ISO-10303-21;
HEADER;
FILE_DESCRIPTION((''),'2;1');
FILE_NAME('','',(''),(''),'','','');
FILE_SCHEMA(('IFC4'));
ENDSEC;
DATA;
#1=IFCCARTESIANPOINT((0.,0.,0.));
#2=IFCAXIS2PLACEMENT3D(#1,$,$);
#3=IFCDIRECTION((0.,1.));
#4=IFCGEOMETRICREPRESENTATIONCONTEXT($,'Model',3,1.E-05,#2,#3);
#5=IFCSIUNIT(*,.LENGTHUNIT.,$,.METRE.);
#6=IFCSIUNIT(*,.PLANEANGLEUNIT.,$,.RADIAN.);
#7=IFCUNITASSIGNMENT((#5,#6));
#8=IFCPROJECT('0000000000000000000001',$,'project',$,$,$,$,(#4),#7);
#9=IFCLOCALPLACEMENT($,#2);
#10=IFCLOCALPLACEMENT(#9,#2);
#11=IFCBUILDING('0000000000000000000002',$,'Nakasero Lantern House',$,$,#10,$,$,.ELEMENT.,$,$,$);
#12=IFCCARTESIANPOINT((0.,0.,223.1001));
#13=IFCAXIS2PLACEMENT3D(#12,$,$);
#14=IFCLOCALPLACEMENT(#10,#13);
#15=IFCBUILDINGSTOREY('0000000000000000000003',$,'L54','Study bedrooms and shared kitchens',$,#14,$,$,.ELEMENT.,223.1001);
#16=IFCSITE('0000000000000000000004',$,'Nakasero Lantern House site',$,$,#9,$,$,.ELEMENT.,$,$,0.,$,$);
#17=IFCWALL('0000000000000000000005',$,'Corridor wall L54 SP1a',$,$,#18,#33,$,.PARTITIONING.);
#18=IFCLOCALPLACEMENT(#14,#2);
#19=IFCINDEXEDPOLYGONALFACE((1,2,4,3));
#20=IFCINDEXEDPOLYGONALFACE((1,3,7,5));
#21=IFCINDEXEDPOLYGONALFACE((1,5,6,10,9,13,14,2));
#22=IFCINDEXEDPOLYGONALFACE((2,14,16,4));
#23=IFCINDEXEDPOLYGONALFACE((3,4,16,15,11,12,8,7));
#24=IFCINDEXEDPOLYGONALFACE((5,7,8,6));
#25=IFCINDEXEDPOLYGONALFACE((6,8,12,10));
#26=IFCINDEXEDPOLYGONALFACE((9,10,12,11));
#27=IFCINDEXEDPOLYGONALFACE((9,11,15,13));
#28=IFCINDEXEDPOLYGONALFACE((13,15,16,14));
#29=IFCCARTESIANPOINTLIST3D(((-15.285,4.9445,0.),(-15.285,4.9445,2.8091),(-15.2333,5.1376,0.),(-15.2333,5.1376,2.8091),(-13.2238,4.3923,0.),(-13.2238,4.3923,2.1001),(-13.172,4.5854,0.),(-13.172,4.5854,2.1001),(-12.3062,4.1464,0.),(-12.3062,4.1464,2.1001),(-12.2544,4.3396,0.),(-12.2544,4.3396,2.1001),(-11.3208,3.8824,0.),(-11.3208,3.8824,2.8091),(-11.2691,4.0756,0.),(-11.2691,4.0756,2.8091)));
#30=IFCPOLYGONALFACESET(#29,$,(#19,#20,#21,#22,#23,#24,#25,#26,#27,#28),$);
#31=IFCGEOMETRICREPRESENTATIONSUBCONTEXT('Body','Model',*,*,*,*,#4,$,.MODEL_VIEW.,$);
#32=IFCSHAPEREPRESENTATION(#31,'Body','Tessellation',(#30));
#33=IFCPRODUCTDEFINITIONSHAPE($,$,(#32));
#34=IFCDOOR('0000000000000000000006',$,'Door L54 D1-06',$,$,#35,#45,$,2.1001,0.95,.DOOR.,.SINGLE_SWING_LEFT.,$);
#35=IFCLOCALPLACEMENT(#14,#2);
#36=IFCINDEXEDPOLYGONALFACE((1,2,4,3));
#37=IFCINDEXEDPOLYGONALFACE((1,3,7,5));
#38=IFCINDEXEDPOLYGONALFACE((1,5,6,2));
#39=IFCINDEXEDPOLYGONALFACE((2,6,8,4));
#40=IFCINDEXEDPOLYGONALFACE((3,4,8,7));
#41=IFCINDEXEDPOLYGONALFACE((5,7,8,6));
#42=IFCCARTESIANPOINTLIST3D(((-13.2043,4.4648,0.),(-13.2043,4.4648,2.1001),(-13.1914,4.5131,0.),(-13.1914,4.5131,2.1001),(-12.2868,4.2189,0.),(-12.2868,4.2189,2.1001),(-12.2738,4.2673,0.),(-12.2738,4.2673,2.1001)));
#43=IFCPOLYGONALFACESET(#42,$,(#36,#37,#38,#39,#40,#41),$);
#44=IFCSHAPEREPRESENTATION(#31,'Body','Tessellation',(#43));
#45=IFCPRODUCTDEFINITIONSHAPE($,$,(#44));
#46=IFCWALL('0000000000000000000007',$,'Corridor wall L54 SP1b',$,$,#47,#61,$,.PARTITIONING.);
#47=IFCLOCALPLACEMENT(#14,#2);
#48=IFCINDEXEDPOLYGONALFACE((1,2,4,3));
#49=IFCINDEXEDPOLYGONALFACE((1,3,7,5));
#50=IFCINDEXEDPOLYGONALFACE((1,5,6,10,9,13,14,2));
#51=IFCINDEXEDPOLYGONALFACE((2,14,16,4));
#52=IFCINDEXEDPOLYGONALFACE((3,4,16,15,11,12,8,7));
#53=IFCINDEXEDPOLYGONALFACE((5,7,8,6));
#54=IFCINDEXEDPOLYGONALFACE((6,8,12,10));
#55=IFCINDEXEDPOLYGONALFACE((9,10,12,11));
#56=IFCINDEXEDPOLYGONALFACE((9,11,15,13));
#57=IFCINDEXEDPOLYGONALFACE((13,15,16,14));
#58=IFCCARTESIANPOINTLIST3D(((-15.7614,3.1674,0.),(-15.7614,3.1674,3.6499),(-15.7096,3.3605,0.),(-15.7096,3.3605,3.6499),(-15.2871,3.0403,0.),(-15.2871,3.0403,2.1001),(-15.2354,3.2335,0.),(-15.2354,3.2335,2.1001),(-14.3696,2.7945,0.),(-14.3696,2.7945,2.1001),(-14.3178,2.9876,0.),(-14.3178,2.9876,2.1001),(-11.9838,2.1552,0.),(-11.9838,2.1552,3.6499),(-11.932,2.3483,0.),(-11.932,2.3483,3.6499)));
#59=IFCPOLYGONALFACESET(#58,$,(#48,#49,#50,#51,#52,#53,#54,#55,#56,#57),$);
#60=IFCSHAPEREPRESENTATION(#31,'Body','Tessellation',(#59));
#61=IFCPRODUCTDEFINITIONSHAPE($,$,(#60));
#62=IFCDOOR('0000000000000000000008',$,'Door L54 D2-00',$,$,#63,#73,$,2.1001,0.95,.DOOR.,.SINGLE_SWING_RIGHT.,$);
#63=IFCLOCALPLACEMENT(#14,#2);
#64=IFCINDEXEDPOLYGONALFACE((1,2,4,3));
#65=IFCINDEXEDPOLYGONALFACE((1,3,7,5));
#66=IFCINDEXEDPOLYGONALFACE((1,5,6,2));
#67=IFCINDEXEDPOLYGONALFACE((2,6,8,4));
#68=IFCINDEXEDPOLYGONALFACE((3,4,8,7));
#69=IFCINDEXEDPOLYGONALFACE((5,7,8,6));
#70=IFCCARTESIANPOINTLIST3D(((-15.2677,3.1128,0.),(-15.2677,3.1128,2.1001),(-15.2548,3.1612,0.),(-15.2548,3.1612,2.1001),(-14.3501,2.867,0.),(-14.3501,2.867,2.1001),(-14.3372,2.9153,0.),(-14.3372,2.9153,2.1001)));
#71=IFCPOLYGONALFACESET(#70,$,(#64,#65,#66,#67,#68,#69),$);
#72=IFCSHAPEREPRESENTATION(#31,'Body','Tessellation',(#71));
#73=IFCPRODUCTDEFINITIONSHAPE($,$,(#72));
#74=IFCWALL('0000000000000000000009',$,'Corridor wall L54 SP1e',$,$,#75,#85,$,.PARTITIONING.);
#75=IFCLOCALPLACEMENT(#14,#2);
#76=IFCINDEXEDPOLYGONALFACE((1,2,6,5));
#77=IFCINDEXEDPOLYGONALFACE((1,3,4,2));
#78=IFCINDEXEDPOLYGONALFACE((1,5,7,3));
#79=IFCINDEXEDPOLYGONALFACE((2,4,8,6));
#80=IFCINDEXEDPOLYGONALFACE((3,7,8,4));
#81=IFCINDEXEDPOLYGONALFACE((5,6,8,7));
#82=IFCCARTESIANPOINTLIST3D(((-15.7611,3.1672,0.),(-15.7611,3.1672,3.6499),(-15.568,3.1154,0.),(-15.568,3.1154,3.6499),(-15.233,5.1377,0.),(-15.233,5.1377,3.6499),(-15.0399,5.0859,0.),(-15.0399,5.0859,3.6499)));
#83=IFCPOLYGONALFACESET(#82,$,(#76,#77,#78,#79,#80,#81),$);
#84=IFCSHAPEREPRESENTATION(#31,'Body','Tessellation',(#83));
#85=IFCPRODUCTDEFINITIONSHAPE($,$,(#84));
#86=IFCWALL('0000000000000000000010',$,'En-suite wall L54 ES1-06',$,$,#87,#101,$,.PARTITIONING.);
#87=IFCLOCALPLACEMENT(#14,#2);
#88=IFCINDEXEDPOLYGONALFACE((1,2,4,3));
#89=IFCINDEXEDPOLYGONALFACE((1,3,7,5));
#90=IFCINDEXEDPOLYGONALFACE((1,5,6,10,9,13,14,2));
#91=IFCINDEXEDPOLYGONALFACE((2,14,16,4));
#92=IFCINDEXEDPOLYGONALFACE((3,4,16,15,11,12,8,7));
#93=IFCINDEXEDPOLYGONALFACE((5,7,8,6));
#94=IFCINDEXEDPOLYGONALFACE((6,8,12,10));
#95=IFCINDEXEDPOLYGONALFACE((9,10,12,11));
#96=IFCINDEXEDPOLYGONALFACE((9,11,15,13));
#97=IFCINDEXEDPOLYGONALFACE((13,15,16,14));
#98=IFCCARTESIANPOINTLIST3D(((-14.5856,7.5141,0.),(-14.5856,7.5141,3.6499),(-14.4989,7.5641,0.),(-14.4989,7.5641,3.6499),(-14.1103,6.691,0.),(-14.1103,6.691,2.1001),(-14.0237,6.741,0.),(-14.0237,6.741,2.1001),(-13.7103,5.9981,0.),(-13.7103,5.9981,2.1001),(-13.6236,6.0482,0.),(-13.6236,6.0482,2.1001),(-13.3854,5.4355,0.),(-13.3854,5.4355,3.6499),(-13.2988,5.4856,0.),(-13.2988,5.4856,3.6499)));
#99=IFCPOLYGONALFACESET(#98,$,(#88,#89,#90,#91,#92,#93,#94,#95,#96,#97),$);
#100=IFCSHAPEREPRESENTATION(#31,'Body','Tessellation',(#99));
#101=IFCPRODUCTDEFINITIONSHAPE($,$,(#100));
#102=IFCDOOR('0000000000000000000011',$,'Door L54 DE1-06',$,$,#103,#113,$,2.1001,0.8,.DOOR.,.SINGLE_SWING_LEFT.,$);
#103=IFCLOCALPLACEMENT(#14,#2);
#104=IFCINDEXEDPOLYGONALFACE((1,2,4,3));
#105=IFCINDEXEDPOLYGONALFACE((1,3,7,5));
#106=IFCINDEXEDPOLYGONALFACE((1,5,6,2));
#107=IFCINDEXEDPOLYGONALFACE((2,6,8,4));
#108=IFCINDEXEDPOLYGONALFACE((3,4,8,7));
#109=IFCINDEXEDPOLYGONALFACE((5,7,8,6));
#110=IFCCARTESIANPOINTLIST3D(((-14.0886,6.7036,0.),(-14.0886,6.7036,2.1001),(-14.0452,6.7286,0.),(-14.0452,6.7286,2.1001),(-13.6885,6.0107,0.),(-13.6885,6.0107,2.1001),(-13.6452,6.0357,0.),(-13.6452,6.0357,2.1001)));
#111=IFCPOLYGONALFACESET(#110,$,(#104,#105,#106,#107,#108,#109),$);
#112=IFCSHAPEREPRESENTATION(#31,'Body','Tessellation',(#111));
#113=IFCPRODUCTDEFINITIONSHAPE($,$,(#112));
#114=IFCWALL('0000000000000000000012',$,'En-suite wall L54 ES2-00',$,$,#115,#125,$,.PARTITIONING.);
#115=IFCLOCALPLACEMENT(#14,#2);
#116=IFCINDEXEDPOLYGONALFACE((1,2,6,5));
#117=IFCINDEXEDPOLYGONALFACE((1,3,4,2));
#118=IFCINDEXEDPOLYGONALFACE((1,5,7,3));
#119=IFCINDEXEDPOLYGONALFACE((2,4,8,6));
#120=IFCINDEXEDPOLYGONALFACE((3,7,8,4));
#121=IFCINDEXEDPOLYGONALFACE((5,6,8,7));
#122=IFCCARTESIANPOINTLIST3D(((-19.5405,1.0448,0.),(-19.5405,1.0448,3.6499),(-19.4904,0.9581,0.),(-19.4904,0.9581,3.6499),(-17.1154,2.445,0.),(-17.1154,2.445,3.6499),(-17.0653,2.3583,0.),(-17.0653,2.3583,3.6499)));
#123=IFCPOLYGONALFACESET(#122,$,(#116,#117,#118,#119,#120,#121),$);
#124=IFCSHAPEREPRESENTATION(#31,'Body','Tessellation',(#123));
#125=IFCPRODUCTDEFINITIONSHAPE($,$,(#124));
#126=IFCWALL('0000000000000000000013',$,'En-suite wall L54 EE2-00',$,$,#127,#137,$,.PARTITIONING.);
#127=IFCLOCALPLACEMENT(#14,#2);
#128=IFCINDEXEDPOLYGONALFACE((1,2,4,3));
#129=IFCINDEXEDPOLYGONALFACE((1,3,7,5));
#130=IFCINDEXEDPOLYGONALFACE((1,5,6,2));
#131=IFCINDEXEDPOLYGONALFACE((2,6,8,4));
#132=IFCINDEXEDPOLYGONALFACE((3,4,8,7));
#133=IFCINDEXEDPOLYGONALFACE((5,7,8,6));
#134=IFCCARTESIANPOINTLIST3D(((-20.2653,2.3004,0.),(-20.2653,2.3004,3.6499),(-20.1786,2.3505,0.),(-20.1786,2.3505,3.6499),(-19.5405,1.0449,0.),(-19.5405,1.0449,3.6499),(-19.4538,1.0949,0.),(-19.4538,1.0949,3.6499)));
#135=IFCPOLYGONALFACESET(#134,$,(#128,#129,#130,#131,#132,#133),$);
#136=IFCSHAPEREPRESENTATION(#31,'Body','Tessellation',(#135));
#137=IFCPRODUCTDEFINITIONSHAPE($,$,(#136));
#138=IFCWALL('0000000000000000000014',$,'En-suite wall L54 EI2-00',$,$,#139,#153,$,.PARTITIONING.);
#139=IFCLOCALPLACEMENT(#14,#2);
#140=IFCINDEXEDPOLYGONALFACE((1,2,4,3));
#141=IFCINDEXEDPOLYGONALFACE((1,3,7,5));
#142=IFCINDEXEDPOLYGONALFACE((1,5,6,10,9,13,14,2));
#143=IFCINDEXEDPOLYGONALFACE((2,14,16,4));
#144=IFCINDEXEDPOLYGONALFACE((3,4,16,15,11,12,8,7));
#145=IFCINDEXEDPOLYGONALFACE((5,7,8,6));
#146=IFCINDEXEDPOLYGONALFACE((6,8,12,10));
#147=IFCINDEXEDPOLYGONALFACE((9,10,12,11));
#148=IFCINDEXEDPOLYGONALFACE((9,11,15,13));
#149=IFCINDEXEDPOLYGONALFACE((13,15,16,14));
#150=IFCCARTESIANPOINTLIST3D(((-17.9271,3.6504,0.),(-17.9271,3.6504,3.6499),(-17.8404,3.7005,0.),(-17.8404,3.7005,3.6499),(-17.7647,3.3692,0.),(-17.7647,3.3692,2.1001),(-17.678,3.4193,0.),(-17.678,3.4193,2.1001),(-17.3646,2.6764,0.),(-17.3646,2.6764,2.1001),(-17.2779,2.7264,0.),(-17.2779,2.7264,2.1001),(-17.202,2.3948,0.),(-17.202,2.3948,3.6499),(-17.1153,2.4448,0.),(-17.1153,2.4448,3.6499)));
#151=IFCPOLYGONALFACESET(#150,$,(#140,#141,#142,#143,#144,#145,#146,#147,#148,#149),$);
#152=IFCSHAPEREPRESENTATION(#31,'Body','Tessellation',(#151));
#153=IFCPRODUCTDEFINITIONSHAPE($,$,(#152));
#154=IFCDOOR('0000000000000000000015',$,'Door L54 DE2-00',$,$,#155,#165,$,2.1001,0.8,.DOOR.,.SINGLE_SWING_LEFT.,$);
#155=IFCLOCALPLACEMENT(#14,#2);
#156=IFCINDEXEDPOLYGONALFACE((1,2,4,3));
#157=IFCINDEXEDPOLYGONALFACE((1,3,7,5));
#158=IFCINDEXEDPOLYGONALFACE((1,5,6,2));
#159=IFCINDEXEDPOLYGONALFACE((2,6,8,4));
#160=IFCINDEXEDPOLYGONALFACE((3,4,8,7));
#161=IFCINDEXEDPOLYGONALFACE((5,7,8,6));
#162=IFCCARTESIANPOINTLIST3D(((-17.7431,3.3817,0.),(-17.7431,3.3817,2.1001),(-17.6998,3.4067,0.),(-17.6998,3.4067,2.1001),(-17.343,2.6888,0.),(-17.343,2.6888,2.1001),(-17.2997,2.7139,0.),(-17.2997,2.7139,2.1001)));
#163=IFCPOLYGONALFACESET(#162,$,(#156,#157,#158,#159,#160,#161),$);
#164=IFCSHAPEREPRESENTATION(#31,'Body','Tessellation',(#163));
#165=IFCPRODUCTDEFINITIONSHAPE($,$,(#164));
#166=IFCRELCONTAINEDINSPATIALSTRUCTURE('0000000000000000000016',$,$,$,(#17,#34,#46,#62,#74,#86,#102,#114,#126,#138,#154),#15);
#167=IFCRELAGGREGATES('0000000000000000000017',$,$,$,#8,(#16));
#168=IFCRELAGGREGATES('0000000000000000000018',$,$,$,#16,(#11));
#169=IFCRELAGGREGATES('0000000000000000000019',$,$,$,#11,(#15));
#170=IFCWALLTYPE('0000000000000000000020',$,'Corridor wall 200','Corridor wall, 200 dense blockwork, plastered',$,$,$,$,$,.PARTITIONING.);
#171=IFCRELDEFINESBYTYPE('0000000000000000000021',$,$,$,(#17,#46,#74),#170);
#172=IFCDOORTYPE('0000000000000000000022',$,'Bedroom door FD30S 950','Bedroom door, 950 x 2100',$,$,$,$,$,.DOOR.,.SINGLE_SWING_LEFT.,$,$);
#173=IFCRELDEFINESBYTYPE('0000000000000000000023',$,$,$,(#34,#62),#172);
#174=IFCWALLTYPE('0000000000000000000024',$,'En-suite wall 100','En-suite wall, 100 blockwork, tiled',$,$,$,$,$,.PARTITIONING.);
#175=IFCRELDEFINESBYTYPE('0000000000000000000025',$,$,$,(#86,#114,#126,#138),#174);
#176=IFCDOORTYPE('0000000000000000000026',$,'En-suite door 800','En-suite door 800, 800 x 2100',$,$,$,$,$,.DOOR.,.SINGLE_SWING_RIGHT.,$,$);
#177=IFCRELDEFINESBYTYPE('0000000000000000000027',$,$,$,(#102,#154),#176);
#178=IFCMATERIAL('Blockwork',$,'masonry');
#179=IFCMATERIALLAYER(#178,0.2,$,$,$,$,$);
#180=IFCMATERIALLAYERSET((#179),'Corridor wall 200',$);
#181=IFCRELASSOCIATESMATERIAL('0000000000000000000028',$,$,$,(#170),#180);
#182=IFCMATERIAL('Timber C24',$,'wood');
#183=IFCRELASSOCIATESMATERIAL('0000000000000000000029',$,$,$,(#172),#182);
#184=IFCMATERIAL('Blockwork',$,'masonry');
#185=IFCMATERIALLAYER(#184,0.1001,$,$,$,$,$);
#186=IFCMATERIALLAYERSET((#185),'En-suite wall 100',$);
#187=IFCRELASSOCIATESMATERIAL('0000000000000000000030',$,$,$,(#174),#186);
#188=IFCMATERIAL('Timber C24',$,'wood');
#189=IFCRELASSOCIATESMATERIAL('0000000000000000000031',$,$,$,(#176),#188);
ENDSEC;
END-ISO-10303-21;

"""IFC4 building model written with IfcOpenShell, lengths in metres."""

from ifc_helpers import new_model, si_unit, direction, frame, frame_2d, origin, place, context, subcontext, project, spatial, rectangle, extrude, material, layer, layer_set, type_object, element, fill, save


model = new_model("IFC4")

# Units and contexts
model_context = context("Model", 3, precision=1e-05, world=origin(), true_north=direction((0.0, 1.0)))
body_context = subcontext(model_context, "Body", "Model", "MODEL_VIEW")
ifc_project = project(units=[si_unit("LENGTHUNIT", "METRE"), si_unit("PLANEANGLEUNIT", "RADIAN")], contexts=[model_context])

# Site, building, storey
site_placement = place(None, origin())
site = spatial("IfcSite", under=ifc_project, at=site_placement, Name="Nakasero Lantern House site", CompositionType="ELEMENT", RefElevation=0.0)
building_placement = place(site_placement, origin())
building = spatial("IfcBuilding", under=site, at=building_placement, Name="Nakasero Lantern House", CompositionType="ELEMENT")
storey_placement = place(building_placement, frame((0.0, 0.0, 223.1001)))
storey = spatial("IfcBuildingStorey", under=building, at=storey_placement, Name="L54", Description="Study bedrooms and shared kitchens", CompositionType="ELEMENT", Elevation=223.1001)

# Shared definitions
ifc_material_1 = material(Name="Blockwork", Category="masonry")
ifc_layer_1 = layer(ifc_material_1, 0.2)
ifc_layer_set_1 = layer_set([ifc_layer_1], Name="Corridor wall 200")
wall_type_1 = type_object("IfcWallType", Name="Corridor wall 200", Description="Corridor wall, 200 dense blockwork, plastered", PredefinedType="PARTITIONING", material=ifc_layer_set_1)

# Walls, openings, doors
wall_1_placement = place(storey_placement, frame((-11.2949, 3.979, 0.0), z_axis=(0.0, 0.0, 1.0), x_axis=(-0.965936, 0.258781, 0.0)))
wall_1 = element("IfcWall", 1, at=wall_1_placement, inside=storey, type_object=wall_type_1, Name="Corridor wall L54 SP1a", PredefinedType="PARTITIONING", context=body_context, shape_type="SweptSolid", body=[
    extrude(rectangle(XDim=4.104, YDim=0.2, at=frame_2d((2.052, 0.0))), origin(), (0.0, 0.0, 1.0), 2.8091),
])
opening_1_placement = place(wall_1_placement, frame((1.02, 0.0, 0.0)))
opening_1 = element("IfcOpeningElement", 2, at=opening_1_placement, cuts=wall_1, PredefinedType="OPENING", context=body_context, shape_type="SweptSolid", body=[
    extrude(rectangle(XDim=0.95, YDim=2.1001, at=frame_2d((0.4751, 1.05))), frame((0.0, 0.1199, 0.0), z_axis=(0.0, -1.0, 0.0), x_axis=(1.0, 0.0, 0.0)), (0.0, 0.0, 1.0), 0.24),
])
ifc_material_2 = material(Name="Timber C24", Category="wood")
door_type_1 = type_object("IfcDoorType", Name="Bedroom door FD30S 950", Description="Bedroom door, 950 x 2100", OperationType="SINGLE_SWING_LEFT", PredefinedType="DOOR", material=ifc_material_2)
door_1_placement = place(opening_1_placement, origin())
door_1 = element("IfcDoor", 3, at=door_1_placement, inside=storey, type_object=door_type_1, Name="Door L54 D1-06", OperationType="SINGLE_SWING_LEFT", OverallHeight=2.1001, OverallWidth=0.95, PredefinedType="DOOR", context=body_context, shape_type="SweptSolid", body=[
    extrude(rectangle(XDim=0.95, YDim=2.1001, at=frame_2d((0.4751, 1.05))), frame((0.0, 0.0249, 0.0), z_axis=(0.0, -1.0, 0.0), x_axis=(1.0, 0.0, 0.0)), (0.0, 0.0, 1.0), 0.05),
])
fill(opening_1, door_1)
wall_2_placement = place(storey_placement, frame((-11.9578, 2.2517, 0.0), z_axis=(0.0, 0.0, 1.0), x_axis=(-0.965925, 0.25882, 0.0)))
wall_2 = element("IfcWall", 4, at=wall_2_placement, inside=storey, type_object=wall_type_1, Name="Corridor wall L54 SP1b", PredefinedType="PARTITIONING", context=body_context, shape_type="SweptSolid", body=[
    extrude(rectangle(XDim=3.9109, YDim=0.2, at=frame_2d((1.9556, 0.0))), origin(), (0.0, 0.0, 1.0), 3.6499),
])
opening_2_placement = place(wall_2_placement, frame((2.47, 0.0, 0.0)))
opening_2 = element("IfcOpeningElement", 5, at=opening_2_placement, cuts=wall_2, PredefinedType="OPENING", context=body_context, shape_type="SweptSolid", body=[
    extrude(rectangle(XDim=0.95, YDim=2.1001, at=frame_2d((0.4751, 1.05))), frame((0.0, 0.1199, 0.0), z_axis=(0.0, -1.0, 0.0), x_axis=(1.0, 0.0, 0.0)), (0.0, 0.0, 1.0), 0.24),
])
door_2_placement = place(opening_2_placement, origin())
door_2 = element("IfcDoor", 6, at=door_2_placement, inside=storey, type_object=door_type_1, Name="Door L54 D2-00", OperationType="SINGLE_SWING_RIGHT", OverallHeight=2.1001, OverallWidth=0.95, PredefinedType="DOOR", context=body_context, shape_type="SweptSolid", body=[
    extrude(rectangle(XDim=0.95, YDim=2.1001, at=frame_2d((0.4751, 1.05))), frame((0.0, 0.0249, 0.0), z_axis=(0.0, -1.0, 0.0), x_axis=(1.0, 0.0, 0.0)), (0.0, 0.0, 1.0), 0.05),
])
fill(opening_2, door_2)

# Wall
wall_3_placement = place(storey_placement, frame((-15.1365, 5.1118, 0.0), z_axis=(0.0, 0.0, 1.0), x_axis=(-0.258862, -0.965914, 0.0)))
element("IfcWall", 7, at=wall_3_placement, inside=storey, type_object=wall_type_1, Name="Corridor wall L54 SP1e", PredefinedType="PARTITIONING", context=body_context, shape_type="SweptSolid", body=[
    extrude(rectangle(XDim=2.04, YDim=0.2, at=frame_2d((1.02, 0.0))), origin(), (0.0, 0.0, 1.0), 3.6499),
])

# Wall, opening, door
ifc_material_3 = material(Name="Blockwork", Category="masonry")
ifc_layer_2 = layer(ifc_material_3, 0.1001)
ifc_layer_set_2 = layer_set([ifc_layer_2], Name="En-suite wall 100")
wall_type_2 = type_object("IfcWallType", Name="En-suite wall 100", Description="En-suite wall, 100 blockwork, tiled", PredefinedType="PARTITIONING", material=ifc_layer_set_2)
wall_4_placement = place(storey_placement, frame((-13.342, 5.4604, 0.0), z_axis=(0.0, 0.0, 1.0), x_axis=(-0.500034, 0.866006, 0.0)))
wall_4 = element("IfcWall", 8, at=wall_4_placement, inside=storey, type_object=wall_type_2, Name="En-suite wall L54 ES1-06", PredefinedType="PARTITIONING", context=body_context, shape_type="SweptSolid", body=[
    extrude(rectangle(XDim=2.4001, YDim=0.1001, at=frame_2d((1.2002, 0.0))), origin(), (0.0, 0.0, 1.0), 3.6499),
])
opening_3_placement = place(wall_4_placement, frame((0.6499, 0.0, 0.0)))
opening_3 = element("IfcOpeningElement", 9, at=opening_3_placement, cuts=wall_4, PredefinedType="OPENING", context=body_context, shape_type="SweptSolid", body=[
    extrude(rectangle(XDim=0.8, YDim=2.1001, at=frame_2d((0.3999, 1.05))), frame((0.0, 0.0701, 0.0), z_axis=(0.0, -1.0, 0.0), x_axis=(1.0, 0.0, 0.0)), (0.0, 0.0, 1.0), 0.1401),
])
ifc_material_4 = material(Name="Timber C24", Category="wood")
door_type_2 = type_object("IfcDoorType", Name="En-suite door 800", Description="En-suite door 800, 800 x 2100", OperationType="SINGLE_SWING_RIGHT", PredefinedType="DOOR", material=ifc_material_4)
door_3_placement = place(opening_3_placement, origin())
door_3 = element("IfcDoor", 10, at=door_3_placement, inside=storey, type_object=door_type_2, Name="Door L54 DE1-06", OperationType="SINGLE_SWING_LEFT", OverallHeight=2.1001, OverallWidth=0.8, PredefinedType="DOOR", context=body_context, shape_type="SweptSolid", body=[
    extrude(rectangle(XDim=0.8, YDim=2.1001, at=frame_2d((0.3999, 1.05))), frame((0.0, 0.0249, 0.0), z_axis=(0.0, -1.0, 0.0), x_axis=(1.0, 0.0, 0.0)), (0.0, 0.0, 1.0), 0.05),
])
fill(opening_3, door_3)

# Walls
wall_5_placement = place(storey_placement, frame((-17.0903, 2.4016, 0.0), z_axis=(0.0, 0.0, 1.0), x_axis=(-0.866019, -0.500012, 0.0)))
element("IfcWall", 11, at=wall_5_placement, inside=storey, type_object=wall_type_2, Name="En-suite wall L54 ES2-00", PredefinedType="PARTITIONING", context=body_context, shape_type="SweptSolid", body=[
    extrude(rectangle(XDim=2.8003, YDim=0.1001, at=frame_2d((1.4001, 0.0))), origin(), (0.0, 0.0, 1.0), 3.6499),
])
wall_6_placement = place(storey_placement, frame((-20.2219, 2.3254, 0.0), z_axis=(0.0, 0.0, 1.0), x_axis=(0.499961, -0.866048, 0.0)))
element("IfcWall", 12, at=wall_6_placement, inside=storey, type_object=wall_type_2, Name="En-suite wall L54 EE2-00", PredefinedType="PARTITIONING", context=body_context, shape_type="SweptSolid", body=[
    extrude(rectangle(XDim=1.4497, YDim=0.1001, at=frame_2d((0.7249, 0.0))), origin(), (0.0, 0.0, 1.0), 3.6499),
])

# Wall, opening, door
wall_7_placement = place(storey_placement, frame((-17.8838, 3.6755, 0.0), z_axis=(0.0, 0.0, 1.0), x_axis=(0.500087, -0.865975, 0.0)))
wall_7 = element("IfcWall", 13, at=wall_7_placement, inside=storey, type_object=wall_type_2, Name="En-suite wall L54 EI2-00", PredefinedType="PARTITIONING", context=body_context, shape_type="SweptSolid", body=[
    extrude(rectangle(XDim=1.45, YDim=0.1001, at=frame_2d((0.7251, 0.0))), origin(), (0.0, 0.0, 1.0), 3.6499),
])
opening_4_placement = place(wall_7_placement, frame((0.325, 0.0, 0.0)))
opening_4 = element("IfcOpeningElement", 14, at=opening_4_placement, cuts=wall_7, PredefinedType="OPENING", context=body_context, shape_type="SweptSolid", body=[
    extrude(rectangle(XDim=0.8, YDim=2.1001, at=frame_2d((0.3999, 1.05))), frame((0.0, 0.0701, 0.0), z_axis=(0.0, -1.0, 0.0), x_axis=(1.0, 0.0, 0.0)), (0.0, 0.0, 1.0), 0.1401),
])
door_4_placement = place(opening_4_placement, origin())
door_4 = element("IfcDoor", 15, at=door_4_placement, inside=storey, type_object=door_type_2, Name="Door L54 DE2-00", OperationType="SINGLE_SWING_LEFT", OverallHeight=2.1001, OverallWidth=0.8, PredefinedType="DOOR", context=body_context, shape_type="SweptSolid", body=[
    extrude(rectangle(XDim=0.8, YDim=2.1001, at=frame_2d((0.3999, 1.05))), frame((0.0, 0.0249, 0.0), z_axis=(0.0, -1.0, 0.0), x_axis=(1.0, 0.0, 0.0)), (0.0, 0.0, 1.0), 0.05),
])
fill(opening_4, door_4)

save(model, "model.ifc")
